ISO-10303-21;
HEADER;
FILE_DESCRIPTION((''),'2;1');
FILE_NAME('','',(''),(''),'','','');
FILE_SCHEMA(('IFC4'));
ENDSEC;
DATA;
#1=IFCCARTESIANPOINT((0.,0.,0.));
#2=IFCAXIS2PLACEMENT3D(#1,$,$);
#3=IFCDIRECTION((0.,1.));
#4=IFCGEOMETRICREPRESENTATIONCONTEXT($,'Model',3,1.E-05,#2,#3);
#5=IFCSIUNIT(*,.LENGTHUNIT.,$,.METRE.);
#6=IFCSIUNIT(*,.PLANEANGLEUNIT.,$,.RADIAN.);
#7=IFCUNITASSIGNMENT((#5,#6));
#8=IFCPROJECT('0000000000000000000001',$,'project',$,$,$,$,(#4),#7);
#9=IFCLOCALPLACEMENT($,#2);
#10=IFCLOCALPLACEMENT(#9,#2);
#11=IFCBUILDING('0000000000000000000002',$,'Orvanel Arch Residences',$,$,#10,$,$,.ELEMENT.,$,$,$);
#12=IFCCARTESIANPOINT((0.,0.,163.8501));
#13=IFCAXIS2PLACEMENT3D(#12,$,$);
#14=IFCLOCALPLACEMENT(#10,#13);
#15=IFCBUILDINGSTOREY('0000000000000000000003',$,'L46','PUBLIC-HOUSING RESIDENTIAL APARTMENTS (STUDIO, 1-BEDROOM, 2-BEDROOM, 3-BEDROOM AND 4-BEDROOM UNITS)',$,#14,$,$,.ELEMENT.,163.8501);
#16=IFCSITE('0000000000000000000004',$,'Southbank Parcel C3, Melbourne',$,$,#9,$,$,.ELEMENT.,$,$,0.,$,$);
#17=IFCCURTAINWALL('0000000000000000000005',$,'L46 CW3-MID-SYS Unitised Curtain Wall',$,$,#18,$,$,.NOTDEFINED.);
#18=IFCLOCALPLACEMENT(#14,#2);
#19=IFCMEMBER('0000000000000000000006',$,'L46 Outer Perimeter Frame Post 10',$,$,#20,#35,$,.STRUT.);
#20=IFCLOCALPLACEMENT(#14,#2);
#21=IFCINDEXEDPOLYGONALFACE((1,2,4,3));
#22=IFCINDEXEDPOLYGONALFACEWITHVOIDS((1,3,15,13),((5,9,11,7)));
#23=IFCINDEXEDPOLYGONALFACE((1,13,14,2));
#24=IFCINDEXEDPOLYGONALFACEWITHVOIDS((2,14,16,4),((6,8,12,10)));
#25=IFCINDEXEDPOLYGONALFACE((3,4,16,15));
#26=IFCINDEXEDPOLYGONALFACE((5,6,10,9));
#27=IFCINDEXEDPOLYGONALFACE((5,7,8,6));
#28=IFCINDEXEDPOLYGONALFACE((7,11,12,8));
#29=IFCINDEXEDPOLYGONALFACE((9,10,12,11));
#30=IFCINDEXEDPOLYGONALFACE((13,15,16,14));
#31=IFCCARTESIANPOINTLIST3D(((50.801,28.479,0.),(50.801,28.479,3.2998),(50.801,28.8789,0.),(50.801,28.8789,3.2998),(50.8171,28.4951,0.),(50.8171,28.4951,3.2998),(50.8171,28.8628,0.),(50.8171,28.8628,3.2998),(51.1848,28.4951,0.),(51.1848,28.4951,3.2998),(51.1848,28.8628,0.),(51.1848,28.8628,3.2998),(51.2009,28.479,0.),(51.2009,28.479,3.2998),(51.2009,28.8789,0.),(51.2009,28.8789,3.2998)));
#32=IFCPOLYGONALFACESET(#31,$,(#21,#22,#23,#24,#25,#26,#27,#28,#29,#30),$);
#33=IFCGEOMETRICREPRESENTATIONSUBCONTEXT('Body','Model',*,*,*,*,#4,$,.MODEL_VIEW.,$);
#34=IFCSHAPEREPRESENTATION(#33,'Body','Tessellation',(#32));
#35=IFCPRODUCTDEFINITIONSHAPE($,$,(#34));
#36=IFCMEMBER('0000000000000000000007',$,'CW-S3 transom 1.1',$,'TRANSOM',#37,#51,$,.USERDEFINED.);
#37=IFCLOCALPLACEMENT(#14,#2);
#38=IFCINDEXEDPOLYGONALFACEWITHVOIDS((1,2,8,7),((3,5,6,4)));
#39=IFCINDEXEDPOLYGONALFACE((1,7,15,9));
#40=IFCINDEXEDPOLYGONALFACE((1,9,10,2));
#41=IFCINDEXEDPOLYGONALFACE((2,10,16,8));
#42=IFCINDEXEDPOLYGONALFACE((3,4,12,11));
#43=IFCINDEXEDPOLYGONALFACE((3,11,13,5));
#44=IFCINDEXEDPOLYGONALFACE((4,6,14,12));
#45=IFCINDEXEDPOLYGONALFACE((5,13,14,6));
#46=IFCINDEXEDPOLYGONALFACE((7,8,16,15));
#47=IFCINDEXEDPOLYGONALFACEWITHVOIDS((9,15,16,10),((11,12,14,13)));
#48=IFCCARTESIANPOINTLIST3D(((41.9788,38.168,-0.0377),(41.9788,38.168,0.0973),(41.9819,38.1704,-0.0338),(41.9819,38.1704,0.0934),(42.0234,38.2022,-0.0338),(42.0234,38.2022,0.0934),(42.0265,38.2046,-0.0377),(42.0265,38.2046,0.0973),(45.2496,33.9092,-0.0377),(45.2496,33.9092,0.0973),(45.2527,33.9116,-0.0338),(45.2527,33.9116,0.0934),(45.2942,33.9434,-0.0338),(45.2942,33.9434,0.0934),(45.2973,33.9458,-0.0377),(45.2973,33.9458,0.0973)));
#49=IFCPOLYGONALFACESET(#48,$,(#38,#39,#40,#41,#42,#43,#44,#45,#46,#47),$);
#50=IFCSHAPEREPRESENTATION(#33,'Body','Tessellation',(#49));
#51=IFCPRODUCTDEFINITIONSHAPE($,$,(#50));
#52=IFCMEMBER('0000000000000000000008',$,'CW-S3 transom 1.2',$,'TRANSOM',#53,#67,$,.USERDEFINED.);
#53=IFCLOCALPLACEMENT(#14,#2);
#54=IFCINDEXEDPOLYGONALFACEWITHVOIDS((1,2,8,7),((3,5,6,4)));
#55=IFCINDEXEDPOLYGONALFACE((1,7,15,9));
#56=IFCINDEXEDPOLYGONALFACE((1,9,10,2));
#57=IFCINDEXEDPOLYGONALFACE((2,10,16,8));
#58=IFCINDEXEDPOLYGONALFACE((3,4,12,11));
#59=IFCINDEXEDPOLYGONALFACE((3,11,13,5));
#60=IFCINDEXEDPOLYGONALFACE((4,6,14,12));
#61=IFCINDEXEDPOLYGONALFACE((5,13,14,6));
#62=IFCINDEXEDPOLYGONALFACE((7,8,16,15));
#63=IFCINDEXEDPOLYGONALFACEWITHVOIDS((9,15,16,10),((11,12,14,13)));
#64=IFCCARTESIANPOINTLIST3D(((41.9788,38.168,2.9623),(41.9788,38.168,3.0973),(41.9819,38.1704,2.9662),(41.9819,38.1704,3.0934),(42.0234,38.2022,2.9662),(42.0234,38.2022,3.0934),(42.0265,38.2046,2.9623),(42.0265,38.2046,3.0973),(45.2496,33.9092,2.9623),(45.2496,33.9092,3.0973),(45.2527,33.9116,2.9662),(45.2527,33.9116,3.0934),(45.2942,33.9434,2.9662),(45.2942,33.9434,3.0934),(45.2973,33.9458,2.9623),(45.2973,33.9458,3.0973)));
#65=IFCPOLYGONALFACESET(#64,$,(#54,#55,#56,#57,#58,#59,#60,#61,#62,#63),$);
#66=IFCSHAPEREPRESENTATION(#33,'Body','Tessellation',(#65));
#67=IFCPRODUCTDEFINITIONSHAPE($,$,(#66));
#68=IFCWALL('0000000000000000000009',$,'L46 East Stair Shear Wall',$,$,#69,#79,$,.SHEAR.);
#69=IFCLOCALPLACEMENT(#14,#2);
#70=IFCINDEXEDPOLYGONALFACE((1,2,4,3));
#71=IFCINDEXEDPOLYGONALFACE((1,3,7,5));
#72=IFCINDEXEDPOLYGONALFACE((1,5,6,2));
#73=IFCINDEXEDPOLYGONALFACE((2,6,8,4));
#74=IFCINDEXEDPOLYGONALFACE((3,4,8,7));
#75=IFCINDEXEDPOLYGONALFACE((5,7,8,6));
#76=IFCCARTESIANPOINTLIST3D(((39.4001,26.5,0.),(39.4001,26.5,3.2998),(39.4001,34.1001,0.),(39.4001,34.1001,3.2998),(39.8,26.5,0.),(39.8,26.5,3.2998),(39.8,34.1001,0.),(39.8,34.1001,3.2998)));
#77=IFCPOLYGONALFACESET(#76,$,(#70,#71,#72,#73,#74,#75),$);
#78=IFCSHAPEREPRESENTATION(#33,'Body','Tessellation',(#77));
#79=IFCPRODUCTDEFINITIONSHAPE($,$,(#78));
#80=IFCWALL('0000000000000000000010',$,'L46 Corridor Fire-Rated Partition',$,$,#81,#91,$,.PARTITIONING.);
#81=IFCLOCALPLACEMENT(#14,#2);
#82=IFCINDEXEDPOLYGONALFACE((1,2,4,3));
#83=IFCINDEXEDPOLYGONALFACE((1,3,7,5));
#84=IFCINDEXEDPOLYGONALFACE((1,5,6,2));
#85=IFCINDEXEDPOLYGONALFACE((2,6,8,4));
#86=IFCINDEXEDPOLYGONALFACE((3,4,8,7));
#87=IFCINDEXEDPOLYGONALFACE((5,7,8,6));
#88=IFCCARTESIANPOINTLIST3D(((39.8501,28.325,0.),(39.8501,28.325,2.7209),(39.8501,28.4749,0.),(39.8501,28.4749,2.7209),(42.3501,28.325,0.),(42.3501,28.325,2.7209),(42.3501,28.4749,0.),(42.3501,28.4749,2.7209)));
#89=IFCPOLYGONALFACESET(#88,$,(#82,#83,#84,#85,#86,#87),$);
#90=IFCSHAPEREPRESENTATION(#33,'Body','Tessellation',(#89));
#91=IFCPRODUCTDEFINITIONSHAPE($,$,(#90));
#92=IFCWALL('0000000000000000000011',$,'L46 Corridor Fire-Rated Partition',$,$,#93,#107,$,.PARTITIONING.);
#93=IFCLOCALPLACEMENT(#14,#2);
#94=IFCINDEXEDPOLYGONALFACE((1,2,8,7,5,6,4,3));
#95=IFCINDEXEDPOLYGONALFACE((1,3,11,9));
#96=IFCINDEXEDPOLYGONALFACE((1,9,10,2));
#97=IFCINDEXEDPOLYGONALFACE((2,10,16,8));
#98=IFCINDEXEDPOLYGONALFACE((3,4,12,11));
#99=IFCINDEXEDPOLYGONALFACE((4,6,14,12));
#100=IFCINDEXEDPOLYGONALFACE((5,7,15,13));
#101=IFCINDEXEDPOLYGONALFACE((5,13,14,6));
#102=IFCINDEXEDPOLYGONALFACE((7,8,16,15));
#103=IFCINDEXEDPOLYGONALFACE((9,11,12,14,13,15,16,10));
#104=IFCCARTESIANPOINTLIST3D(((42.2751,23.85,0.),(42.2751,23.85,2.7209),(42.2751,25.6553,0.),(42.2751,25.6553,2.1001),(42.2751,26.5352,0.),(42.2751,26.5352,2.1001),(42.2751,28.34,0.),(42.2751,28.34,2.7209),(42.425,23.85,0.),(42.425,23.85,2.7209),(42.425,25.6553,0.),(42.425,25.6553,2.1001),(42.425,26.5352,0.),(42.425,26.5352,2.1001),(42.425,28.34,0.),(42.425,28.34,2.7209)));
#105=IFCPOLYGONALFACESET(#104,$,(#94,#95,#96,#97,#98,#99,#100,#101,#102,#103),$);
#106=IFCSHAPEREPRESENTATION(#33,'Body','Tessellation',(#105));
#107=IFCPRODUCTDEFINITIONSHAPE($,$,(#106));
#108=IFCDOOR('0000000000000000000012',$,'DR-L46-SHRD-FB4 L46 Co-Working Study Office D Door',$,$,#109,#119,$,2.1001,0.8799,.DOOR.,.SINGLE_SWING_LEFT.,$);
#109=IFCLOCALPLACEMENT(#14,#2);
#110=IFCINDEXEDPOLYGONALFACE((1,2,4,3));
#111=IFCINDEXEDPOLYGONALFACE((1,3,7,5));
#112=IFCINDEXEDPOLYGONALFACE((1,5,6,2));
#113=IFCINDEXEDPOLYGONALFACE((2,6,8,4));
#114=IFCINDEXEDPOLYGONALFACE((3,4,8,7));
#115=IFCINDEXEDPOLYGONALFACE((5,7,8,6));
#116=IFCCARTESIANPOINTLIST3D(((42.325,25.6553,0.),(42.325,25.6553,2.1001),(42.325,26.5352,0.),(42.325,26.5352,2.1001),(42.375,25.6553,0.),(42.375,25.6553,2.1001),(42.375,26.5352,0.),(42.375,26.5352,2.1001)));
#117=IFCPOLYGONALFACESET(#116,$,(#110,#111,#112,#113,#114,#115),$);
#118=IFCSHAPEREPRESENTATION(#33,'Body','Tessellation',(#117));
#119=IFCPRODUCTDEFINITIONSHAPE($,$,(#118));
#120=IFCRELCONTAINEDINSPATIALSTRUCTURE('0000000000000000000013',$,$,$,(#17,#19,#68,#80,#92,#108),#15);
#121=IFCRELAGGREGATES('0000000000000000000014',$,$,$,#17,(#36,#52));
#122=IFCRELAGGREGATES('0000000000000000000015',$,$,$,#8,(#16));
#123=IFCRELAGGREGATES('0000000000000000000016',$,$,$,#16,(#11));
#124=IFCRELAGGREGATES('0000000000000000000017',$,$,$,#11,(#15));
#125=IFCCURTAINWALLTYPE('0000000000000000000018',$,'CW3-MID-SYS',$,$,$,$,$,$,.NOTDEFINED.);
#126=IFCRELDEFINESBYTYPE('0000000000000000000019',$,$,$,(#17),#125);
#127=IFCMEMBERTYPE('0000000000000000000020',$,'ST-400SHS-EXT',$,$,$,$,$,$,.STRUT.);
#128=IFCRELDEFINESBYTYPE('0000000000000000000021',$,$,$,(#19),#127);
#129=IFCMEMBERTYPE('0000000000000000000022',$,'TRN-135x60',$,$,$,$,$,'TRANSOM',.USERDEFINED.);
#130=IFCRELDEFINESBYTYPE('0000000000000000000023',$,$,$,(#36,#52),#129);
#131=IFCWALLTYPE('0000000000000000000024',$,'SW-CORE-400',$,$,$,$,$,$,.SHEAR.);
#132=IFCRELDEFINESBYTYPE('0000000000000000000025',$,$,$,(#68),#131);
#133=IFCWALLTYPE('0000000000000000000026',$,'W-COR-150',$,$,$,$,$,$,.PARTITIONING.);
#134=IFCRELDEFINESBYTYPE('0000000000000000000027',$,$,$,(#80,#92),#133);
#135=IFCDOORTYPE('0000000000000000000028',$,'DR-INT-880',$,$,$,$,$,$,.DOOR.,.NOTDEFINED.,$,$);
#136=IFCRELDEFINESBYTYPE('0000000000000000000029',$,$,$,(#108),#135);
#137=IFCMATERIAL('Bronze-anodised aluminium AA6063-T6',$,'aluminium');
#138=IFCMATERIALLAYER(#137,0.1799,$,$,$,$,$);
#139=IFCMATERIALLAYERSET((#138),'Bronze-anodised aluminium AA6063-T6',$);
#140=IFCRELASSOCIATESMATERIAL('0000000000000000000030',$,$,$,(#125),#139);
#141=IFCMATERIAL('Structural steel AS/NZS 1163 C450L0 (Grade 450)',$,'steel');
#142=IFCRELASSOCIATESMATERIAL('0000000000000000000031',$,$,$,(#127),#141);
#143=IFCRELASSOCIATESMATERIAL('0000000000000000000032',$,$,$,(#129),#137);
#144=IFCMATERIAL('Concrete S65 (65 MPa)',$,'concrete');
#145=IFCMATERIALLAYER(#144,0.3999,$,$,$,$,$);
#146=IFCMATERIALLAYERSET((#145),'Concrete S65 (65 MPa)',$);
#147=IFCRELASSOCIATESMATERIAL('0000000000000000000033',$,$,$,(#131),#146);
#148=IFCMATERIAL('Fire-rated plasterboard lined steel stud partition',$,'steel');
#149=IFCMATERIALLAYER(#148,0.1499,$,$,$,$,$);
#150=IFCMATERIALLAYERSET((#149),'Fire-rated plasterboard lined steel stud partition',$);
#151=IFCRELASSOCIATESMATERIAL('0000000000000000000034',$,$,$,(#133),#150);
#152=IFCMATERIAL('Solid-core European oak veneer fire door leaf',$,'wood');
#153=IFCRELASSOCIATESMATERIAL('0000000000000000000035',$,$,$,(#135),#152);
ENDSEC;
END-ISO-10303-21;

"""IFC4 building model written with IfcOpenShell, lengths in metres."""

from ifc_helpers import new_model, si_unit, direction, frame, frame_2d, origin, origin_2d, place, context, subcontext, project, spatial, rectangle, hollow_rectangle, extrude, material, layer, layer_set, material_profile, profile_set, type_object, element, fill, aggregate, save


model = new_model("IFC4")

# Units and contexts
model_context = context("Model", 3, precision=1e-05, world=origin(), true_north=direction((0.0, 1.0)))
body_context = subcontext(model_context, "Body", "Model", "MODEL_VIEW")
ifc_project = project(units=[si_unit("LENGTHUNIT", "METRE"), si_unit("PLANEANGLEUNIT", "RADIAN")], contexts=[model_context])

# Site, building, storey
site_placement = place(None, origin())
site = spatial("IfcSite", under=ifc_project, at=site_placement, Name="Southbank Parcel C3, Melbourne", CompositionType="ELEMENT", RefElevation=0.0)
building_placement = place(site_placement, origin())
building = spatial("IfcBuilding", under=site, at=building_placement, Name="Orvanel Arch Residences", CompositionType="ELEMENT")
storey_placement = place(building_placement, frame((0.0, 0.0, 163.8501)))
storey = spatial("IfcBuildingStorey", under=building, at=storey_placement, Name="L46", Description="PUBLIC-HOUSING RESIDENTIAL APARTMENTS (STUDIO, 1-BEDROOM, 2-BEDROOM, 3-BEDROOM AND 4-BEDROOM UNITS)", CompositionType="ELEMENT", Elevation=163.8501)

# Shared definitions
ifc_material_1 = material(Name="Structural steel AS/NZS 1163 C450L0 (Grade 450)", Category="steel")

# Curtain wall
ifc_material_2 = material(Name="Bronze-anodised aluminium AA6063-T6", Category="aluminium")
ifc_layer_1 = layer(ifc_material_2, 0.1799)
ifc_layer_set_1 = layer_set([ifc_layer_1], Name="Bronze-anodised aluminium AA6063-T6")
curtain_wall_type = type_object("IfcCurtainWallType", Name="CW3-MID-SYS", PredefinedType="NOTDEFINED", material=ifc_layer_set_1)
curtain_wall_placement = place(storey_placement, origin())
curtain_wall = element("IfcCurtainWall", 1, at=curtain_wall_placement, inside=storey, type_object=curtain_wall_type, Name="L46 CW3-MID-SYS Unitised Curtain Wall", PredefinedType="NOTDEFINED")

# Members
ifc_material_profile_1 = material_profile(ifc_material_1, hollow_rectangle(XDim=0.3999, YDim=0.3999, WallThickness=0.0161, at=origin_2d()), Name="SHS400x400x16")
ifc_profile_set_1 = profile_set([ifc_material_profile_1], Name="Structural steel AS/NZS 1163 C450L0 (Grade 450)")
member_type_1 = type_object("IfcMemberType", Name="ST-400SHS-EXT", PredefinedType="STRUT", material=ifc_profile_set_1)
member_1_placement = place(storey_placement, frame((51.001, 28.679, 0.0), z_axis=(0.0, 0.0, 1.0), x_axis=(1.0, 0.0, 0.0)))
element("IfcMember", 2, at=member_1_placement, inside=storey, type_object=member_type_1, Name="L46 Outer Perimeter Frame Post 10", PredefinedType="STRUT", context=body_context, shape_type="SweptSolid", body=[
    extrude(hollow_rectangle(XDim=0.3999, YDim=0.3999, WallThickness=0.0161, at=origin_2d()), origin(), (0.0, 0.0, 1.0), 3.2998),
])
ifc_material_profile_2 = material_profile(ifc_material_2, hollow_rectangle(XDim=0.0601, YDim=0.135, WallThickness=0.0039, at=origin_2d()), Name="ALU135x60x4")
ifc_profile_set_2 = profile_set([ifc_material_profile_2], Name="Bronze-anodised aluminium AA6063-T6")
member_type_2 = type_object("IfcMemberType", Name="TRN-135x60", ElementType="TRANSOM", PredefinedType="USERDEFINED", material=ifc_profile_set_2)
member_2_placement = place(storey_placement, frame((45.2734, 33.9275, 0.0298), z_axis=(-0.609098, 0.793095, 0.0), x_axis=(-0.793095, -0.609098, 0.0)))
member_2 = element("IfcMember", 3, at=member_2_placement, type_object=member_type_2, Name="CW-S3 transom 1.1", ObjectType="TRANSOM", PredefinedType="USERDEFINED", context=body_context, shape_type="SweptSolid", body=[
    extrude(hollow_rectangle(XDim=0.0601, YDim=0.135, WallThickness=0.0039, at=origin_2d()), origin(), (0.0, 0.0, 1.0), 5.3699),
])
member_3_placement = place(storey_placement, frame((45.2734, 33.9275, 3.0298), z_axis=(-0.609098, 0.793095, 0.0), x_axis=(-0.793095, -0.609098, 0.0)))
member_3 = element("IfcMember", 4, at=member_3_placement, type_object=member_type_2, Name="CW-S3 transom 1.2", ObjectType="TRANSOM", PredefinedType="USERDEFINED", context=body_context, shape_type="SweptSolid", body=[
    extrude(hollow_rectangle(XDim=0.0601, YDim=0.135, WallThickness=0.0039, at=origin_2d()), origin(), (0.0, 0.0, 1.0), 5.3699),
])
aggregate(curtain_wall, [member_2, member_3])

# Walls
ifc_material_3 = material(Name="Concrete S65 (65 MPa)", Category="concrete")
ifc_layer_2 = layer(ifc_material_3, 0.3999)
ifc_layer_set_2 = layer_set([ifc_layer_2], Name="Concrete S65 (65 MPa)")
wall_type_1 = type_object("IfcWallType", Name="SW-CORE-400", PredefinedType="SHEAR", material=ifc_layer_set_2)
wall_1_placement = place(storey_placement, frame((39.6001, 26.5, 0.0), z_axis=(0.0, 0.0, 1.0), x_axis=(0.0, 1.0, 0.0)))
element("IfcWall", 5, at=wall_1_placement, inside=storey, type_object=wall_type_1, Name="L46 East Stair Shear Wall", PredefinedType="SHEAR", context=body_context, shape_type="SweptSolid", body=[
    extrude(rectangle(XDim=7.6001, YDim=0.3999, at=frame_2d((3.8, 0.0))), origin(), (0.0, 0.0, 1.0), 3.2998),
])
ifc_material_4 = material(Name="Fire-rated plasterboard lined steel stud partition", Category="steel")
ifc_layer_3 = layer(ifc_material_4, 0.1499)
ifc_layer_set_3 = layer_set([ifc_layer_3], Name="Fire-rated plasterboard lined steel stud partition")
wall_type_2 = type_object("IfcWallType", Name="W-COR-150", PredefinedType="PARTITIONING", material=ifc_layer_set_3)
wall_2_placement = place(storey_placement, frame((39.8501, 28.3999, 0.0), z_axis=(0.0, 0.0, 1.0), x_axis=(1.0, 0.0, 0.0)))
element("IfcWall", 6, at=wall_2_placement, inside=storey, type_object=wall_type_2, Name="L46 Corridor Fire-Rated Partition", PredefinedType="PARTITIONING", context=body_context, shape_type="SweptSolid", body=[
    extrude(rectangle(XDim=2.5, YDim=0.1499, at=frame_2d((1.25, 0.0))), origin(), (0.0, 0.0, 1.0), 2.7209),
])

# Wall, opening, door
wall_3_placement = place(storey_placement, frame((42.3501, 28.3401, 0.0), z_axis=(0.0, 0.0, 1.0), x_axis=(0.0, -1.0, 0.0)))
wall_3 = element("IfcWall", 7, at=wall_3_placement, inside=storey, type_object=wall_type_2, Name="L46 Corridor Fire-Rated Partition", PredefinedType="PARTITIONING", context=body_context, shape_type="SweptSolid", body=[
    extrude(rectangle(XDim=4.49, YDim=0.1499, at=frame_2d((2.2451, 0.0))), origin(), (0.0, 0.0, 1.0), 2.7209),
])
opening_placement = place(wall_3_placement, frame((1.8049, 0.0, 0.0)))
opening = element("IfcOpeningElement", 8, at=opening_placement, cuts=wall_3, PredefinedType="OPENING", context=body_context, shape_type="SweptSolid", body=[
    extrude(rectangle(XDim=0.8799, YDim=2.1001, at=frame_2d((0.4399, 1.05))), frame((0.0, 0.085, 0.0), z_axis=(0.0, -1.0, 0.0), x_axis=(1.0, 0.0, 0.0)), (0.0, 0.0, 1.0), 0.1699),
])
ifc_material_5 = material(Name="Solid-core European oak veneer fire door leaf", Category="wood")
door_type = type_object("IfcDoorType", Name="DR-INT-880", OperationType="NOTDEFINED", PredefinedType="DOOR", material=ifc_material_5)
door_placement = place(opening_placement, origin())
door = element("IfcDoor", 9, at=door_placement, inside=storey, type_object=door_type, Name="DR-L46-SHRD-FB4 L46 Co-Working Study Office D Door", OperationType="SINGLE_SWING_LEFT", OverallHeight=2.1001, OverallWidth=0.8799, PredefinedType="DOOR", context=body_context, shape_type="SweptSolid", body=[
    extrude(rectangle(XDim=0.8799, YDim=2.1001, at=frame_2d((0.4399, 1.05))), frame((0.0, 0.0249, 0.0), z_axis=(0.0, -1.0, 0.0), x_axis=(1.0, 0.0, 0.0)), (0.0, 0.0, 1.0), 0.05),
])
fill(opening, door)

save(model, "model.ifc")
